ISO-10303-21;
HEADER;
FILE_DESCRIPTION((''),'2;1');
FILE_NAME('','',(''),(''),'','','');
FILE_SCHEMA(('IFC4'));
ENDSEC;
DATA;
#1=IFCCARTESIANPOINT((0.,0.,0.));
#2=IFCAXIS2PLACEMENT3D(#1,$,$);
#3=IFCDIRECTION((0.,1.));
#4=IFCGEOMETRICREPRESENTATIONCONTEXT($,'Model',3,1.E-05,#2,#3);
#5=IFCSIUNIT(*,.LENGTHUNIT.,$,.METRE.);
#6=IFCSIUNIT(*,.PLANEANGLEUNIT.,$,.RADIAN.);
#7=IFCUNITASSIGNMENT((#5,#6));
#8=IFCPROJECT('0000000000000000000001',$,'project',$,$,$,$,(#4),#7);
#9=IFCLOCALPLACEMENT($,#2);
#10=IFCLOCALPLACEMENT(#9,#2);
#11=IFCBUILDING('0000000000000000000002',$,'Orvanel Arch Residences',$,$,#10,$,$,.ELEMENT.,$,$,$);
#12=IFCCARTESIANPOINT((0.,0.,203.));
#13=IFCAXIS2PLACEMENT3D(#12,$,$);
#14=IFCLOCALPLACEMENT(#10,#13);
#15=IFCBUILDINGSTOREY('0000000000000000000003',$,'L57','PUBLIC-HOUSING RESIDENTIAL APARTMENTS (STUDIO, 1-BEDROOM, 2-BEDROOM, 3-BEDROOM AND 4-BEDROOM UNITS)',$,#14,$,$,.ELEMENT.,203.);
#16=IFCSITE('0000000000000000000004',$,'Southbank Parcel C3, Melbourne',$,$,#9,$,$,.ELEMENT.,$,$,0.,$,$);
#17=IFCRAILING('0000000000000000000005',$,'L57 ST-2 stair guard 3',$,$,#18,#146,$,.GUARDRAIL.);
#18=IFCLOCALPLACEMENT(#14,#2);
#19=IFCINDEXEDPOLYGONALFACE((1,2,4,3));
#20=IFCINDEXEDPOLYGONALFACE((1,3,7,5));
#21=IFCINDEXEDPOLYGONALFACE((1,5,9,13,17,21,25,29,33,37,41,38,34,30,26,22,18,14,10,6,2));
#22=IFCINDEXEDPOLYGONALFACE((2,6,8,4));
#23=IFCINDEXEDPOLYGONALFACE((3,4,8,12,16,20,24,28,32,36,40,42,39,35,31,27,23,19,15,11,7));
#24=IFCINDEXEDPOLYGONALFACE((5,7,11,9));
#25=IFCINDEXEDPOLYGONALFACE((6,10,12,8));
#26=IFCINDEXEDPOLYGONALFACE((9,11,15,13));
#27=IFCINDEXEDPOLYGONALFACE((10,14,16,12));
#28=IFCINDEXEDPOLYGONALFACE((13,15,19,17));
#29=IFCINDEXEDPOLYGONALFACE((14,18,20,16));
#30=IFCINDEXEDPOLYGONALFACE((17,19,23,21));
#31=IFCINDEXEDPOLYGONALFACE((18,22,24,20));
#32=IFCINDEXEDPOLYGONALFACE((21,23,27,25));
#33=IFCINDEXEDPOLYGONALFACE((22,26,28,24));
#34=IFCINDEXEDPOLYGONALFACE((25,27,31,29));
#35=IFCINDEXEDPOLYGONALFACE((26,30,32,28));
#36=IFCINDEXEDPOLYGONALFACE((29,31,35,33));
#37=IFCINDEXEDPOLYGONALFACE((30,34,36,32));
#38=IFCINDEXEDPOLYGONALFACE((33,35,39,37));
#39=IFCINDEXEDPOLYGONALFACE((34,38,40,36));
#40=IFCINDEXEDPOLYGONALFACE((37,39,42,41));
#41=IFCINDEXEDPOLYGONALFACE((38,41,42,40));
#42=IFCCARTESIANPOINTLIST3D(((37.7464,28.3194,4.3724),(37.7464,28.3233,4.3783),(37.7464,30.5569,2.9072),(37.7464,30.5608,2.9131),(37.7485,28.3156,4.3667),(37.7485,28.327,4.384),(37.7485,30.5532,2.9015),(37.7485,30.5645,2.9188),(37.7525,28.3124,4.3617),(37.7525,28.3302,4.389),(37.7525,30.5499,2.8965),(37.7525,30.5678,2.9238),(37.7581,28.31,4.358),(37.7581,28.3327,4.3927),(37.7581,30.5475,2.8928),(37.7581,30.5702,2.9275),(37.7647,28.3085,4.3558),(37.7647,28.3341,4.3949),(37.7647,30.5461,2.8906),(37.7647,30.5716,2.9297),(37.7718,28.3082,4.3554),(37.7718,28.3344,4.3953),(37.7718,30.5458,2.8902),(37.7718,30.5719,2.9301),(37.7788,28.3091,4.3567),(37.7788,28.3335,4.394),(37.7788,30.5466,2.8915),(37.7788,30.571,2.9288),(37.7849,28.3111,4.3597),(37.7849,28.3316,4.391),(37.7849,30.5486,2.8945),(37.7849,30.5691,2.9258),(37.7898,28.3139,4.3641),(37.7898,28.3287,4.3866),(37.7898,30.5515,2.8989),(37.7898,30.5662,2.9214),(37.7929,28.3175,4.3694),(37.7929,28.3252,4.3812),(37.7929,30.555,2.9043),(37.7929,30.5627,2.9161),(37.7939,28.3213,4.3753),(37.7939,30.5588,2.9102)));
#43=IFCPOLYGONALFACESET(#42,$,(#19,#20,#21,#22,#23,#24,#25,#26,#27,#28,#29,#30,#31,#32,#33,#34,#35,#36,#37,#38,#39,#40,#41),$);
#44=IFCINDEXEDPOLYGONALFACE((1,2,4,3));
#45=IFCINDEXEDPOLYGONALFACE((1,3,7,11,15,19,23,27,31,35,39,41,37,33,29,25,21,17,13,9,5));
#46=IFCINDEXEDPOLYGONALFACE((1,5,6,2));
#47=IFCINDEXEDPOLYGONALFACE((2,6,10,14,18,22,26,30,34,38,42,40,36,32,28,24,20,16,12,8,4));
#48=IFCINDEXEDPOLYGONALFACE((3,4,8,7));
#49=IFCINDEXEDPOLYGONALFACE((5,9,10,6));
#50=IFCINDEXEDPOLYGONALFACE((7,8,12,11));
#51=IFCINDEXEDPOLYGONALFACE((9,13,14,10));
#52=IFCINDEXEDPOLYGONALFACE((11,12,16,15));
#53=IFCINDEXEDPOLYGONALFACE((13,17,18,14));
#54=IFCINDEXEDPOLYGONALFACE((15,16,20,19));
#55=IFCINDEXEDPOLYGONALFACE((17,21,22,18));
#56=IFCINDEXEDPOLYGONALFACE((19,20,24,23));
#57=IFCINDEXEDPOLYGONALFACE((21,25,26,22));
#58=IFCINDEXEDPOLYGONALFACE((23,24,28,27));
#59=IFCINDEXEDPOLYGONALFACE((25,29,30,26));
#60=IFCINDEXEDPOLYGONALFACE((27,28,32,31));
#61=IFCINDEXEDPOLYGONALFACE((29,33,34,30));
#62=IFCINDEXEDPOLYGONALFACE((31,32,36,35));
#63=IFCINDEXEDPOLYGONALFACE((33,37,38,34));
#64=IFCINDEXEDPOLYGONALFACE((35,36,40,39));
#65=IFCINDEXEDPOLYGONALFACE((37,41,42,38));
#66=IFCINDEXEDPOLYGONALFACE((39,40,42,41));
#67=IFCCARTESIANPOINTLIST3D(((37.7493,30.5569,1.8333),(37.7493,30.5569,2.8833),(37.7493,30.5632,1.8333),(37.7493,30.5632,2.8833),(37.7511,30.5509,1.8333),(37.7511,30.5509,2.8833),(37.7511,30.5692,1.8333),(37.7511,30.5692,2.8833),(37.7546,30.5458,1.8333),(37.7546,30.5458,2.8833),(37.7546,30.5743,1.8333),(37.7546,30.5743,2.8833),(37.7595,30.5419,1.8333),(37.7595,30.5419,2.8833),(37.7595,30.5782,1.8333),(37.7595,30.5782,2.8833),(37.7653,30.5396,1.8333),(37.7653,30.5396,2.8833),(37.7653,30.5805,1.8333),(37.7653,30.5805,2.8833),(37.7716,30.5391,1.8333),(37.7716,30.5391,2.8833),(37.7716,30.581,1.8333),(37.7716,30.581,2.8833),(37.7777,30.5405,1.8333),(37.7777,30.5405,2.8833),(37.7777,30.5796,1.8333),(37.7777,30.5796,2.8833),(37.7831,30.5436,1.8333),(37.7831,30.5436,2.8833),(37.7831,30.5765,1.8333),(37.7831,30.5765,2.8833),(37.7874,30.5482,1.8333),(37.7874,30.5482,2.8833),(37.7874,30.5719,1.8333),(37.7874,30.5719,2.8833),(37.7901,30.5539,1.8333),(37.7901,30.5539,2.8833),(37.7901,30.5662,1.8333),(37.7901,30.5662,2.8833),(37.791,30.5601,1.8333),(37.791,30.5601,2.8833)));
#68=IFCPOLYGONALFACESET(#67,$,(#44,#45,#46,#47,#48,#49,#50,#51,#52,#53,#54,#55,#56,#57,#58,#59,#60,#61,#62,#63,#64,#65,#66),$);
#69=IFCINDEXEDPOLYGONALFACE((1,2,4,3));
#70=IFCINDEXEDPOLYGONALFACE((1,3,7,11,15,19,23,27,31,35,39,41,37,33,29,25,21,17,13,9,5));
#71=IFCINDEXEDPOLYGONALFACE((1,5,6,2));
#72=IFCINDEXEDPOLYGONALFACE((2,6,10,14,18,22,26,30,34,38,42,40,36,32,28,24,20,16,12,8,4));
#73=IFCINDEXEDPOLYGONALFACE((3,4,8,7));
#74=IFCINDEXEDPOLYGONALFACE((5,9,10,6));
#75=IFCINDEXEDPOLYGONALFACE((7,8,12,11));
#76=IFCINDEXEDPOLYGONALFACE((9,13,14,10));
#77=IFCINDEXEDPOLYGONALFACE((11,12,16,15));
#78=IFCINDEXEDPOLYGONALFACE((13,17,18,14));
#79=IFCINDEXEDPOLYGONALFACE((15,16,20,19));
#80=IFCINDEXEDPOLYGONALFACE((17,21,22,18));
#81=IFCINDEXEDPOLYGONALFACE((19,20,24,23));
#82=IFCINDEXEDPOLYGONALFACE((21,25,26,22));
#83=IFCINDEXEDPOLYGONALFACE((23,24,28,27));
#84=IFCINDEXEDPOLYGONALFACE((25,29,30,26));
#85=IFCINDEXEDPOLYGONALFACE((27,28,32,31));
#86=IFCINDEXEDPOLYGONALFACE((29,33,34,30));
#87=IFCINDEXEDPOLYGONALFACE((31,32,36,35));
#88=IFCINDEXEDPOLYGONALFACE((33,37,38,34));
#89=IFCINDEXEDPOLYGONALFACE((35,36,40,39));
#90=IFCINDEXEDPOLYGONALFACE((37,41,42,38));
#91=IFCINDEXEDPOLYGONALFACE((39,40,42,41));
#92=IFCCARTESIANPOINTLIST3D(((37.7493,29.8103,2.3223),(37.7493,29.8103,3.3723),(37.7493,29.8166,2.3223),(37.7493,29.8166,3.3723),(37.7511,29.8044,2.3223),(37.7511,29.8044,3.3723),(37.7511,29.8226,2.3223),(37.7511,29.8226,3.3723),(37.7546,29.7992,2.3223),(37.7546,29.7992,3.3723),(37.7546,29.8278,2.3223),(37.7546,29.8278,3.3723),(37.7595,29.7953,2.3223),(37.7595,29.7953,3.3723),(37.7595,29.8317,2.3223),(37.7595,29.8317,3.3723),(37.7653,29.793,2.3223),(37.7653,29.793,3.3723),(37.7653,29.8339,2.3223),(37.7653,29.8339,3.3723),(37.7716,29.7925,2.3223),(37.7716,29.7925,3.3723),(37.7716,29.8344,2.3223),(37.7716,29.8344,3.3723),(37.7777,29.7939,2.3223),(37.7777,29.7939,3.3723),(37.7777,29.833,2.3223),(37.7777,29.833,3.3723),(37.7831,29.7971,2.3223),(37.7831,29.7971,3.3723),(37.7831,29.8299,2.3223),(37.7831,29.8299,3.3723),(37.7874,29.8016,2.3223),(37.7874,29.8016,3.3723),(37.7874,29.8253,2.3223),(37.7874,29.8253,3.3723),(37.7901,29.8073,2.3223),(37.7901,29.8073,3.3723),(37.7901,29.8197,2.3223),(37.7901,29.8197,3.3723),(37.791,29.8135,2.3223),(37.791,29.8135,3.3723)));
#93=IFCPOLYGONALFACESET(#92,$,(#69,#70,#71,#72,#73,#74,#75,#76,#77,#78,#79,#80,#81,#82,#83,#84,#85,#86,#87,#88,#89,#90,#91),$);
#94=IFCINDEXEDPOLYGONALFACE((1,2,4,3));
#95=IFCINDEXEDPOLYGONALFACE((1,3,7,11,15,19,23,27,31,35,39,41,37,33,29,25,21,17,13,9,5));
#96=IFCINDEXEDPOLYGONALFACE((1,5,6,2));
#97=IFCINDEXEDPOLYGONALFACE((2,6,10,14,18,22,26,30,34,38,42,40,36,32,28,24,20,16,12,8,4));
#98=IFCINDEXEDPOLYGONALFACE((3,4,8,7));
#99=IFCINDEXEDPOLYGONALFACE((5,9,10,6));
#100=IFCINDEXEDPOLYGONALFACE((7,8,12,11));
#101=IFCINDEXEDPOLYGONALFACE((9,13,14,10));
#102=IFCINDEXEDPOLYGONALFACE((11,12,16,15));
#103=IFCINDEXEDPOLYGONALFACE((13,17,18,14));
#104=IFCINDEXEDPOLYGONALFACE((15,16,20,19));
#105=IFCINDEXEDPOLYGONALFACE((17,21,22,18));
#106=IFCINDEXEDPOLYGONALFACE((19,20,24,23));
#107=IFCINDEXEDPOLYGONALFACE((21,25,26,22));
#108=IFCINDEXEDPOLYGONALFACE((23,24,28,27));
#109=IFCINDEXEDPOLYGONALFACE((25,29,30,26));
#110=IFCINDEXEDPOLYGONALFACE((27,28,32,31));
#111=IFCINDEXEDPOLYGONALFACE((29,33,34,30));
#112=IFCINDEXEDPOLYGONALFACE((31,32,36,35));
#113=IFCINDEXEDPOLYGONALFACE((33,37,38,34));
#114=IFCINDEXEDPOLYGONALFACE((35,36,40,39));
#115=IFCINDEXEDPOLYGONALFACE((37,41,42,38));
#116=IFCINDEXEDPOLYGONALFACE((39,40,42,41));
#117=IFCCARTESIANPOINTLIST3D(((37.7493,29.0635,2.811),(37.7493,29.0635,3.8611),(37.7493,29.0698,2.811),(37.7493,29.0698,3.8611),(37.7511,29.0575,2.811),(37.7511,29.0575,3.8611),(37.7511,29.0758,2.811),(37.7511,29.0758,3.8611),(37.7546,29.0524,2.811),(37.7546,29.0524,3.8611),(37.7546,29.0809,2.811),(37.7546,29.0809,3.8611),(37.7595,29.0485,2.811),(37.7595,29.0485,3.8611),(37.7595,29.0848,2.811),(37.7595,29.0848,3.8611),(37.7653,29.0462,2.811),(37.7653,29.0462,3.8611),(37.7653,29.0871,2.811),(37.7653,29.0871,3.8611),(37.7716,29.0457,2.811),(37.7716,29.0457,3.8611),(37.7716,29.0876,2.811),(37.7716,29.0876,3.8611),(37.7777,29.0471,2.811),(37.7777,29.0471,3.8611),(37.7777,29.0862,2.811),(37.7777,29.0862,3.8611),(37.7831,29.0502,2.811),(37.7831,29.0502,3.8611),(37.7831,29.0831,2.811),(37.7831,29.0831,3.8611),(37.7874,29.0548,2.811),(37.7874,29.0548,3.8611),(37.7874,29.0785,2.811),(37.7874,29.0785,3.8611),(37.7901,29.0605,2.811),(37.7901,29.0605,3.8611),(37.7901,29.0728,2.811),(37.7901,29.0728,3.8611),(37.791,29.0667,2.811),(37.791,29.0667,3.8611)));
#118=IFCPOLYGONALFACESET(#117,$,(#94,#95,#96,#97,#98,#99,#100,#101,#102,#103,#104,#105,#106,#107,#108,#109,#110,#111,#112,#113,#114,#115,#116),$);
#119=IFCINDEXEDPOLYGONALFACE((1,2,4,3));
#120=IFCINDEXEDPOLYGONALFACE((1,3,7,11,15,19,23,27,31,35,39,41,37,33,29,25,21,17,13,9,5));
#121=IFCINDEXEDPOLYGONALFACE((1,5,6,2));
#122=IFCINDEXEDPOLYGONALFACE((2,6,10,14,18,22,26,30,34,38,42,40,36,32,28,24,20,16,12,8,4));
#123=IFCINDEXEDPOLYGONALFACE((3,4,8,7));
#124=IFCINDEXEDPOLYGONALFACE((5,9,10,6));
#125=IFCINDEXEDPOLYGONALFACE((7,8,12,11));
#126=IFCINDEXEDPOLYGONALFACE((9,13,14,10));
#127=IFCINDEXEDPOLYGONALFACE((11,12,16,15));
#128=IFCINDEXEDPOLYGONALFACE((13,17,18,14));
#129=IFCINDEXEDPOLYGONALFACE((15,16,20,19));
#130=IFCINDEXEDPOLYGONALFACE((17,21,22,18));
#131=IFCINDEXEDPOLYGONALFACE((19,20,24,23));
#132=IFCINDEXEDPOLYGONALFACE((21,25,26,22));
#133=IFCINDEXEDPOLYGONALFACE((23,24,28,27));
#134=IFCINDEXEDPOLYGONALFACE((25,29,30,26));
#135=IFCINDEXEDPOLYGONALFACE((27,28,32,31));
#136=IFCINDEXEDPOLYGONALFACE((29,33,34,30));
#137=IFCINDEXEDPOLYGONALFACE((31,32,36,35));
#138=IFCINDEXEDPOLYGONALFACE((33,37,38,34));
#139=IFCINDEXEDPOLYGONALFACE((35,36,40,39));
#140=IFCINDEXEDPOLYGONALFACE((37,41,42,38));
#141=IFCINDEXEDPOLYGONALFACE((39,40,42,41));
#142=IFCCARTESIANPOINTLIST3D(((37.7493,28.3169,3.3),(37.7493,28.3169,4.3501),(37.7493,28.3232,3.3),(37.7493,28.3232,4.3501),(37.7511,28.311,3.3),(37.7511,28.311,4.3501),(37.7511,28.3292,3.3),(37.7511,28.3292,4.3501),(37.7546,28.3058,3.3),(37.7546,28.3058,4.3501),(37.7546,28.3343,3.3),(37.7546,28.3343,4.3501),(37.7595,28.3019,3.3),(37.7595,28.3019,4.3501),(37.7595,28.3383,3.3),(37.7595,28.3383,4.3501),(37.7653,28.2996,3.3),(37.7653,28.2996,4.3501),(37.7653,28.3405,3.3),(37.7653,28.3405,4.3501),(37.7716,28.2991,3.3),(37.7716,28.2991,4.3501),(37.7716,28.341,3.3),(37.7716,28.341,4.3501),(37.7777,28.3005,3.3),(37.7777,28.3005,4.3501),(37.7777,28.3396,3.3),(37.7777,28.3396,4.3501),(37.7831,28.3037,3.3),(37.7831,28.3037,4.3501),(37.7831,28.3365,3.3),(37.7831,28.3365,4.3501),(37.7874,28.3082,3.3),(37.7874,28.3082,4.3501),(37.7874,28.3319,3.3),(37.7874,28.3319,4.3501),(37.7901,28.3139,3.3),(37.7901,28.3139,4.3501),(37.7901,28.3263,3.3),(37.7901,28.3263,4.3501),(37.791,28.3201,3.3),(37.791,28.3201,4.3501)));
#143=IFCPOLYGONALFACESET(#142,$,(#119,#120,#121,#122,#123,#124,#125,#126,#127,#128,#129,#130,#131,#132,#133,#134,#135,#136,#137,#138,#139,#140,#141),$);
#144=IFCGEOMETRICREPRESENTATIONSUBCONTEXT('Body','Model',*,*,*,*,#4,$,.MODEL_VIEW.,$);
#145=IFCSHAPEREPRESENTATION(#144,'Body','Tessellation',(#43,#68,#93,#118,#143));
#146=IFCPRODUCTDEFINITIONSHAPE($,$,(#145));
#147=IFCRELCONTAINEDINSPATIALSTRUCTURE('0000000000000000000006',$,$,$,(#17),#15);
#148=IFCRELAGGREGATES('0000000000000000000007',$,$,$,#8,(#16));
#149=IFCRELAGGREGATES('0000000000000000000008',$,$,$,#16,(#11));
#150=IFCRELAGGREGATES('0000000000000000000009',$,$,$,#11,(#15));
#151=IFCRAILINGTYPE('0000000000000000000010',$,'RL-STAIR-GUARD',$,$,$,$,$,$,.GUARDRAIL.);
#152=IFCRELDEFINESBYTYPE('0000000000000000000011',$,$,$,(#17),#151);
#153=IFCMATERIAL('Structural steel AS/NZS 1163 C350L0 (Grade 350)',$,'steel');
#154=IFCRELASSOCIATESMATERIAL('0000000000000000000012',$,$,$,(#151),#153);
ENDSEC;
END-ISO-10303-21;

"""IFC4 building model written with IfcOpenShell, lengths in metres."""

from ifc_helpers import new_model, si_unit, direction, frame, origin, origin_2d, place, context, subcontext, project, spatial, circle, extrude, material, type_object, element, save


model = new_model("IFC4")

# Units and contexts
model_context = context("Model", 3, precision=1e-05, world=origin(), true_north=direction((0.0, 1.0)))
body_context = subcontext(model_context, "Body", "Model", "MODEL_VIEW")
ifc_project = project(units=[si_unit("LENGTHUNIT", "METRE"), si_unit("PLANEANGLEUNIT", "RADIAN")], contexts=[model_context])

# Site, building, storey
site_placement = place(None, origin())
site = spatial("IfcSite", under=ifc_project, at=site_placement, Name="Southbank Parcel C3, Melbourne", CompositionType="ELEMENT", RefElevation=0.0)
building_placement = place(site_placement, origin())
building = spatial("IfcBuilding", under=site, at=building_placement, Name="Orvanel Arch Residences", CompositionType="ELEMENT")
storey_placement = place(building_placement, frame((0.0, 0.0, 203.0)))
storey = spatial("IfcBuildingStorey", under=building, at=storey_placement, Name="L57", Description="PUBLIC-HOUSING RESIDENTIAL APARTMENTS (STUDIO, 1-BEDROOM, 2-BEDROOM, 3-BEDROOM AND 4-BEDROOM UNITS)", CompositionType="ELEMENT", Elevation=203.0)

# Railing
ifc_material_1 = material(Name="Structural steel AS/NZS 1163 C350L0 (Grade 350)", Category="steel")
railing_type_1 = type_object("IfcRailingType", Name="RL-STAIR-GUARD", PredefinedType="GUARDRAIL", material=ifc_material_1)
railing_1_placement = place(storey_placement, frame((37.77, 30.5601, 1.8333)))
element("IfcRailing", 1, at=railing_1_placement, inside=storey, type_object=railing_type_1, Name="L57 ST-2 stair guard 3", PredefinedType="GUARDRAIL", context=body_context, shape_type="SweptSolid", body=[
    extrude(circle(Radius=0.0239, at=origin_2d()), frame((0.0, -0.0012, 1.0769), z_axis=(0.0, -0.836595, 0.547822), x_axis=(1.0, 0.0, 0.0)), (0.0, 0.0, 1.0), 2.6746),
    extrude(circle(Radius=0.021, at=origin_2d()), origin(), (0.0, 0.0, 1.0), 1.05),
    extrude(circle(Radius=0.021, at=origin_2d()), frame((0.0, -0.7466, 0.489)), (0.0, 0.0, 1.0), 1.05),
    extrude(circle(Radius=0.021, at=origin_2d()), frame((0.0, -1.4934, 0.9778)), (0.0, 0.0, 1.0), 1.05),
    extrude(circle(Radius=0.021, at=origin_2d()), frame((0.0, -2.24, 1.4668)), (0.0, 0.0, 1.0), 1.05),
])

save(model, "model.ifc")
